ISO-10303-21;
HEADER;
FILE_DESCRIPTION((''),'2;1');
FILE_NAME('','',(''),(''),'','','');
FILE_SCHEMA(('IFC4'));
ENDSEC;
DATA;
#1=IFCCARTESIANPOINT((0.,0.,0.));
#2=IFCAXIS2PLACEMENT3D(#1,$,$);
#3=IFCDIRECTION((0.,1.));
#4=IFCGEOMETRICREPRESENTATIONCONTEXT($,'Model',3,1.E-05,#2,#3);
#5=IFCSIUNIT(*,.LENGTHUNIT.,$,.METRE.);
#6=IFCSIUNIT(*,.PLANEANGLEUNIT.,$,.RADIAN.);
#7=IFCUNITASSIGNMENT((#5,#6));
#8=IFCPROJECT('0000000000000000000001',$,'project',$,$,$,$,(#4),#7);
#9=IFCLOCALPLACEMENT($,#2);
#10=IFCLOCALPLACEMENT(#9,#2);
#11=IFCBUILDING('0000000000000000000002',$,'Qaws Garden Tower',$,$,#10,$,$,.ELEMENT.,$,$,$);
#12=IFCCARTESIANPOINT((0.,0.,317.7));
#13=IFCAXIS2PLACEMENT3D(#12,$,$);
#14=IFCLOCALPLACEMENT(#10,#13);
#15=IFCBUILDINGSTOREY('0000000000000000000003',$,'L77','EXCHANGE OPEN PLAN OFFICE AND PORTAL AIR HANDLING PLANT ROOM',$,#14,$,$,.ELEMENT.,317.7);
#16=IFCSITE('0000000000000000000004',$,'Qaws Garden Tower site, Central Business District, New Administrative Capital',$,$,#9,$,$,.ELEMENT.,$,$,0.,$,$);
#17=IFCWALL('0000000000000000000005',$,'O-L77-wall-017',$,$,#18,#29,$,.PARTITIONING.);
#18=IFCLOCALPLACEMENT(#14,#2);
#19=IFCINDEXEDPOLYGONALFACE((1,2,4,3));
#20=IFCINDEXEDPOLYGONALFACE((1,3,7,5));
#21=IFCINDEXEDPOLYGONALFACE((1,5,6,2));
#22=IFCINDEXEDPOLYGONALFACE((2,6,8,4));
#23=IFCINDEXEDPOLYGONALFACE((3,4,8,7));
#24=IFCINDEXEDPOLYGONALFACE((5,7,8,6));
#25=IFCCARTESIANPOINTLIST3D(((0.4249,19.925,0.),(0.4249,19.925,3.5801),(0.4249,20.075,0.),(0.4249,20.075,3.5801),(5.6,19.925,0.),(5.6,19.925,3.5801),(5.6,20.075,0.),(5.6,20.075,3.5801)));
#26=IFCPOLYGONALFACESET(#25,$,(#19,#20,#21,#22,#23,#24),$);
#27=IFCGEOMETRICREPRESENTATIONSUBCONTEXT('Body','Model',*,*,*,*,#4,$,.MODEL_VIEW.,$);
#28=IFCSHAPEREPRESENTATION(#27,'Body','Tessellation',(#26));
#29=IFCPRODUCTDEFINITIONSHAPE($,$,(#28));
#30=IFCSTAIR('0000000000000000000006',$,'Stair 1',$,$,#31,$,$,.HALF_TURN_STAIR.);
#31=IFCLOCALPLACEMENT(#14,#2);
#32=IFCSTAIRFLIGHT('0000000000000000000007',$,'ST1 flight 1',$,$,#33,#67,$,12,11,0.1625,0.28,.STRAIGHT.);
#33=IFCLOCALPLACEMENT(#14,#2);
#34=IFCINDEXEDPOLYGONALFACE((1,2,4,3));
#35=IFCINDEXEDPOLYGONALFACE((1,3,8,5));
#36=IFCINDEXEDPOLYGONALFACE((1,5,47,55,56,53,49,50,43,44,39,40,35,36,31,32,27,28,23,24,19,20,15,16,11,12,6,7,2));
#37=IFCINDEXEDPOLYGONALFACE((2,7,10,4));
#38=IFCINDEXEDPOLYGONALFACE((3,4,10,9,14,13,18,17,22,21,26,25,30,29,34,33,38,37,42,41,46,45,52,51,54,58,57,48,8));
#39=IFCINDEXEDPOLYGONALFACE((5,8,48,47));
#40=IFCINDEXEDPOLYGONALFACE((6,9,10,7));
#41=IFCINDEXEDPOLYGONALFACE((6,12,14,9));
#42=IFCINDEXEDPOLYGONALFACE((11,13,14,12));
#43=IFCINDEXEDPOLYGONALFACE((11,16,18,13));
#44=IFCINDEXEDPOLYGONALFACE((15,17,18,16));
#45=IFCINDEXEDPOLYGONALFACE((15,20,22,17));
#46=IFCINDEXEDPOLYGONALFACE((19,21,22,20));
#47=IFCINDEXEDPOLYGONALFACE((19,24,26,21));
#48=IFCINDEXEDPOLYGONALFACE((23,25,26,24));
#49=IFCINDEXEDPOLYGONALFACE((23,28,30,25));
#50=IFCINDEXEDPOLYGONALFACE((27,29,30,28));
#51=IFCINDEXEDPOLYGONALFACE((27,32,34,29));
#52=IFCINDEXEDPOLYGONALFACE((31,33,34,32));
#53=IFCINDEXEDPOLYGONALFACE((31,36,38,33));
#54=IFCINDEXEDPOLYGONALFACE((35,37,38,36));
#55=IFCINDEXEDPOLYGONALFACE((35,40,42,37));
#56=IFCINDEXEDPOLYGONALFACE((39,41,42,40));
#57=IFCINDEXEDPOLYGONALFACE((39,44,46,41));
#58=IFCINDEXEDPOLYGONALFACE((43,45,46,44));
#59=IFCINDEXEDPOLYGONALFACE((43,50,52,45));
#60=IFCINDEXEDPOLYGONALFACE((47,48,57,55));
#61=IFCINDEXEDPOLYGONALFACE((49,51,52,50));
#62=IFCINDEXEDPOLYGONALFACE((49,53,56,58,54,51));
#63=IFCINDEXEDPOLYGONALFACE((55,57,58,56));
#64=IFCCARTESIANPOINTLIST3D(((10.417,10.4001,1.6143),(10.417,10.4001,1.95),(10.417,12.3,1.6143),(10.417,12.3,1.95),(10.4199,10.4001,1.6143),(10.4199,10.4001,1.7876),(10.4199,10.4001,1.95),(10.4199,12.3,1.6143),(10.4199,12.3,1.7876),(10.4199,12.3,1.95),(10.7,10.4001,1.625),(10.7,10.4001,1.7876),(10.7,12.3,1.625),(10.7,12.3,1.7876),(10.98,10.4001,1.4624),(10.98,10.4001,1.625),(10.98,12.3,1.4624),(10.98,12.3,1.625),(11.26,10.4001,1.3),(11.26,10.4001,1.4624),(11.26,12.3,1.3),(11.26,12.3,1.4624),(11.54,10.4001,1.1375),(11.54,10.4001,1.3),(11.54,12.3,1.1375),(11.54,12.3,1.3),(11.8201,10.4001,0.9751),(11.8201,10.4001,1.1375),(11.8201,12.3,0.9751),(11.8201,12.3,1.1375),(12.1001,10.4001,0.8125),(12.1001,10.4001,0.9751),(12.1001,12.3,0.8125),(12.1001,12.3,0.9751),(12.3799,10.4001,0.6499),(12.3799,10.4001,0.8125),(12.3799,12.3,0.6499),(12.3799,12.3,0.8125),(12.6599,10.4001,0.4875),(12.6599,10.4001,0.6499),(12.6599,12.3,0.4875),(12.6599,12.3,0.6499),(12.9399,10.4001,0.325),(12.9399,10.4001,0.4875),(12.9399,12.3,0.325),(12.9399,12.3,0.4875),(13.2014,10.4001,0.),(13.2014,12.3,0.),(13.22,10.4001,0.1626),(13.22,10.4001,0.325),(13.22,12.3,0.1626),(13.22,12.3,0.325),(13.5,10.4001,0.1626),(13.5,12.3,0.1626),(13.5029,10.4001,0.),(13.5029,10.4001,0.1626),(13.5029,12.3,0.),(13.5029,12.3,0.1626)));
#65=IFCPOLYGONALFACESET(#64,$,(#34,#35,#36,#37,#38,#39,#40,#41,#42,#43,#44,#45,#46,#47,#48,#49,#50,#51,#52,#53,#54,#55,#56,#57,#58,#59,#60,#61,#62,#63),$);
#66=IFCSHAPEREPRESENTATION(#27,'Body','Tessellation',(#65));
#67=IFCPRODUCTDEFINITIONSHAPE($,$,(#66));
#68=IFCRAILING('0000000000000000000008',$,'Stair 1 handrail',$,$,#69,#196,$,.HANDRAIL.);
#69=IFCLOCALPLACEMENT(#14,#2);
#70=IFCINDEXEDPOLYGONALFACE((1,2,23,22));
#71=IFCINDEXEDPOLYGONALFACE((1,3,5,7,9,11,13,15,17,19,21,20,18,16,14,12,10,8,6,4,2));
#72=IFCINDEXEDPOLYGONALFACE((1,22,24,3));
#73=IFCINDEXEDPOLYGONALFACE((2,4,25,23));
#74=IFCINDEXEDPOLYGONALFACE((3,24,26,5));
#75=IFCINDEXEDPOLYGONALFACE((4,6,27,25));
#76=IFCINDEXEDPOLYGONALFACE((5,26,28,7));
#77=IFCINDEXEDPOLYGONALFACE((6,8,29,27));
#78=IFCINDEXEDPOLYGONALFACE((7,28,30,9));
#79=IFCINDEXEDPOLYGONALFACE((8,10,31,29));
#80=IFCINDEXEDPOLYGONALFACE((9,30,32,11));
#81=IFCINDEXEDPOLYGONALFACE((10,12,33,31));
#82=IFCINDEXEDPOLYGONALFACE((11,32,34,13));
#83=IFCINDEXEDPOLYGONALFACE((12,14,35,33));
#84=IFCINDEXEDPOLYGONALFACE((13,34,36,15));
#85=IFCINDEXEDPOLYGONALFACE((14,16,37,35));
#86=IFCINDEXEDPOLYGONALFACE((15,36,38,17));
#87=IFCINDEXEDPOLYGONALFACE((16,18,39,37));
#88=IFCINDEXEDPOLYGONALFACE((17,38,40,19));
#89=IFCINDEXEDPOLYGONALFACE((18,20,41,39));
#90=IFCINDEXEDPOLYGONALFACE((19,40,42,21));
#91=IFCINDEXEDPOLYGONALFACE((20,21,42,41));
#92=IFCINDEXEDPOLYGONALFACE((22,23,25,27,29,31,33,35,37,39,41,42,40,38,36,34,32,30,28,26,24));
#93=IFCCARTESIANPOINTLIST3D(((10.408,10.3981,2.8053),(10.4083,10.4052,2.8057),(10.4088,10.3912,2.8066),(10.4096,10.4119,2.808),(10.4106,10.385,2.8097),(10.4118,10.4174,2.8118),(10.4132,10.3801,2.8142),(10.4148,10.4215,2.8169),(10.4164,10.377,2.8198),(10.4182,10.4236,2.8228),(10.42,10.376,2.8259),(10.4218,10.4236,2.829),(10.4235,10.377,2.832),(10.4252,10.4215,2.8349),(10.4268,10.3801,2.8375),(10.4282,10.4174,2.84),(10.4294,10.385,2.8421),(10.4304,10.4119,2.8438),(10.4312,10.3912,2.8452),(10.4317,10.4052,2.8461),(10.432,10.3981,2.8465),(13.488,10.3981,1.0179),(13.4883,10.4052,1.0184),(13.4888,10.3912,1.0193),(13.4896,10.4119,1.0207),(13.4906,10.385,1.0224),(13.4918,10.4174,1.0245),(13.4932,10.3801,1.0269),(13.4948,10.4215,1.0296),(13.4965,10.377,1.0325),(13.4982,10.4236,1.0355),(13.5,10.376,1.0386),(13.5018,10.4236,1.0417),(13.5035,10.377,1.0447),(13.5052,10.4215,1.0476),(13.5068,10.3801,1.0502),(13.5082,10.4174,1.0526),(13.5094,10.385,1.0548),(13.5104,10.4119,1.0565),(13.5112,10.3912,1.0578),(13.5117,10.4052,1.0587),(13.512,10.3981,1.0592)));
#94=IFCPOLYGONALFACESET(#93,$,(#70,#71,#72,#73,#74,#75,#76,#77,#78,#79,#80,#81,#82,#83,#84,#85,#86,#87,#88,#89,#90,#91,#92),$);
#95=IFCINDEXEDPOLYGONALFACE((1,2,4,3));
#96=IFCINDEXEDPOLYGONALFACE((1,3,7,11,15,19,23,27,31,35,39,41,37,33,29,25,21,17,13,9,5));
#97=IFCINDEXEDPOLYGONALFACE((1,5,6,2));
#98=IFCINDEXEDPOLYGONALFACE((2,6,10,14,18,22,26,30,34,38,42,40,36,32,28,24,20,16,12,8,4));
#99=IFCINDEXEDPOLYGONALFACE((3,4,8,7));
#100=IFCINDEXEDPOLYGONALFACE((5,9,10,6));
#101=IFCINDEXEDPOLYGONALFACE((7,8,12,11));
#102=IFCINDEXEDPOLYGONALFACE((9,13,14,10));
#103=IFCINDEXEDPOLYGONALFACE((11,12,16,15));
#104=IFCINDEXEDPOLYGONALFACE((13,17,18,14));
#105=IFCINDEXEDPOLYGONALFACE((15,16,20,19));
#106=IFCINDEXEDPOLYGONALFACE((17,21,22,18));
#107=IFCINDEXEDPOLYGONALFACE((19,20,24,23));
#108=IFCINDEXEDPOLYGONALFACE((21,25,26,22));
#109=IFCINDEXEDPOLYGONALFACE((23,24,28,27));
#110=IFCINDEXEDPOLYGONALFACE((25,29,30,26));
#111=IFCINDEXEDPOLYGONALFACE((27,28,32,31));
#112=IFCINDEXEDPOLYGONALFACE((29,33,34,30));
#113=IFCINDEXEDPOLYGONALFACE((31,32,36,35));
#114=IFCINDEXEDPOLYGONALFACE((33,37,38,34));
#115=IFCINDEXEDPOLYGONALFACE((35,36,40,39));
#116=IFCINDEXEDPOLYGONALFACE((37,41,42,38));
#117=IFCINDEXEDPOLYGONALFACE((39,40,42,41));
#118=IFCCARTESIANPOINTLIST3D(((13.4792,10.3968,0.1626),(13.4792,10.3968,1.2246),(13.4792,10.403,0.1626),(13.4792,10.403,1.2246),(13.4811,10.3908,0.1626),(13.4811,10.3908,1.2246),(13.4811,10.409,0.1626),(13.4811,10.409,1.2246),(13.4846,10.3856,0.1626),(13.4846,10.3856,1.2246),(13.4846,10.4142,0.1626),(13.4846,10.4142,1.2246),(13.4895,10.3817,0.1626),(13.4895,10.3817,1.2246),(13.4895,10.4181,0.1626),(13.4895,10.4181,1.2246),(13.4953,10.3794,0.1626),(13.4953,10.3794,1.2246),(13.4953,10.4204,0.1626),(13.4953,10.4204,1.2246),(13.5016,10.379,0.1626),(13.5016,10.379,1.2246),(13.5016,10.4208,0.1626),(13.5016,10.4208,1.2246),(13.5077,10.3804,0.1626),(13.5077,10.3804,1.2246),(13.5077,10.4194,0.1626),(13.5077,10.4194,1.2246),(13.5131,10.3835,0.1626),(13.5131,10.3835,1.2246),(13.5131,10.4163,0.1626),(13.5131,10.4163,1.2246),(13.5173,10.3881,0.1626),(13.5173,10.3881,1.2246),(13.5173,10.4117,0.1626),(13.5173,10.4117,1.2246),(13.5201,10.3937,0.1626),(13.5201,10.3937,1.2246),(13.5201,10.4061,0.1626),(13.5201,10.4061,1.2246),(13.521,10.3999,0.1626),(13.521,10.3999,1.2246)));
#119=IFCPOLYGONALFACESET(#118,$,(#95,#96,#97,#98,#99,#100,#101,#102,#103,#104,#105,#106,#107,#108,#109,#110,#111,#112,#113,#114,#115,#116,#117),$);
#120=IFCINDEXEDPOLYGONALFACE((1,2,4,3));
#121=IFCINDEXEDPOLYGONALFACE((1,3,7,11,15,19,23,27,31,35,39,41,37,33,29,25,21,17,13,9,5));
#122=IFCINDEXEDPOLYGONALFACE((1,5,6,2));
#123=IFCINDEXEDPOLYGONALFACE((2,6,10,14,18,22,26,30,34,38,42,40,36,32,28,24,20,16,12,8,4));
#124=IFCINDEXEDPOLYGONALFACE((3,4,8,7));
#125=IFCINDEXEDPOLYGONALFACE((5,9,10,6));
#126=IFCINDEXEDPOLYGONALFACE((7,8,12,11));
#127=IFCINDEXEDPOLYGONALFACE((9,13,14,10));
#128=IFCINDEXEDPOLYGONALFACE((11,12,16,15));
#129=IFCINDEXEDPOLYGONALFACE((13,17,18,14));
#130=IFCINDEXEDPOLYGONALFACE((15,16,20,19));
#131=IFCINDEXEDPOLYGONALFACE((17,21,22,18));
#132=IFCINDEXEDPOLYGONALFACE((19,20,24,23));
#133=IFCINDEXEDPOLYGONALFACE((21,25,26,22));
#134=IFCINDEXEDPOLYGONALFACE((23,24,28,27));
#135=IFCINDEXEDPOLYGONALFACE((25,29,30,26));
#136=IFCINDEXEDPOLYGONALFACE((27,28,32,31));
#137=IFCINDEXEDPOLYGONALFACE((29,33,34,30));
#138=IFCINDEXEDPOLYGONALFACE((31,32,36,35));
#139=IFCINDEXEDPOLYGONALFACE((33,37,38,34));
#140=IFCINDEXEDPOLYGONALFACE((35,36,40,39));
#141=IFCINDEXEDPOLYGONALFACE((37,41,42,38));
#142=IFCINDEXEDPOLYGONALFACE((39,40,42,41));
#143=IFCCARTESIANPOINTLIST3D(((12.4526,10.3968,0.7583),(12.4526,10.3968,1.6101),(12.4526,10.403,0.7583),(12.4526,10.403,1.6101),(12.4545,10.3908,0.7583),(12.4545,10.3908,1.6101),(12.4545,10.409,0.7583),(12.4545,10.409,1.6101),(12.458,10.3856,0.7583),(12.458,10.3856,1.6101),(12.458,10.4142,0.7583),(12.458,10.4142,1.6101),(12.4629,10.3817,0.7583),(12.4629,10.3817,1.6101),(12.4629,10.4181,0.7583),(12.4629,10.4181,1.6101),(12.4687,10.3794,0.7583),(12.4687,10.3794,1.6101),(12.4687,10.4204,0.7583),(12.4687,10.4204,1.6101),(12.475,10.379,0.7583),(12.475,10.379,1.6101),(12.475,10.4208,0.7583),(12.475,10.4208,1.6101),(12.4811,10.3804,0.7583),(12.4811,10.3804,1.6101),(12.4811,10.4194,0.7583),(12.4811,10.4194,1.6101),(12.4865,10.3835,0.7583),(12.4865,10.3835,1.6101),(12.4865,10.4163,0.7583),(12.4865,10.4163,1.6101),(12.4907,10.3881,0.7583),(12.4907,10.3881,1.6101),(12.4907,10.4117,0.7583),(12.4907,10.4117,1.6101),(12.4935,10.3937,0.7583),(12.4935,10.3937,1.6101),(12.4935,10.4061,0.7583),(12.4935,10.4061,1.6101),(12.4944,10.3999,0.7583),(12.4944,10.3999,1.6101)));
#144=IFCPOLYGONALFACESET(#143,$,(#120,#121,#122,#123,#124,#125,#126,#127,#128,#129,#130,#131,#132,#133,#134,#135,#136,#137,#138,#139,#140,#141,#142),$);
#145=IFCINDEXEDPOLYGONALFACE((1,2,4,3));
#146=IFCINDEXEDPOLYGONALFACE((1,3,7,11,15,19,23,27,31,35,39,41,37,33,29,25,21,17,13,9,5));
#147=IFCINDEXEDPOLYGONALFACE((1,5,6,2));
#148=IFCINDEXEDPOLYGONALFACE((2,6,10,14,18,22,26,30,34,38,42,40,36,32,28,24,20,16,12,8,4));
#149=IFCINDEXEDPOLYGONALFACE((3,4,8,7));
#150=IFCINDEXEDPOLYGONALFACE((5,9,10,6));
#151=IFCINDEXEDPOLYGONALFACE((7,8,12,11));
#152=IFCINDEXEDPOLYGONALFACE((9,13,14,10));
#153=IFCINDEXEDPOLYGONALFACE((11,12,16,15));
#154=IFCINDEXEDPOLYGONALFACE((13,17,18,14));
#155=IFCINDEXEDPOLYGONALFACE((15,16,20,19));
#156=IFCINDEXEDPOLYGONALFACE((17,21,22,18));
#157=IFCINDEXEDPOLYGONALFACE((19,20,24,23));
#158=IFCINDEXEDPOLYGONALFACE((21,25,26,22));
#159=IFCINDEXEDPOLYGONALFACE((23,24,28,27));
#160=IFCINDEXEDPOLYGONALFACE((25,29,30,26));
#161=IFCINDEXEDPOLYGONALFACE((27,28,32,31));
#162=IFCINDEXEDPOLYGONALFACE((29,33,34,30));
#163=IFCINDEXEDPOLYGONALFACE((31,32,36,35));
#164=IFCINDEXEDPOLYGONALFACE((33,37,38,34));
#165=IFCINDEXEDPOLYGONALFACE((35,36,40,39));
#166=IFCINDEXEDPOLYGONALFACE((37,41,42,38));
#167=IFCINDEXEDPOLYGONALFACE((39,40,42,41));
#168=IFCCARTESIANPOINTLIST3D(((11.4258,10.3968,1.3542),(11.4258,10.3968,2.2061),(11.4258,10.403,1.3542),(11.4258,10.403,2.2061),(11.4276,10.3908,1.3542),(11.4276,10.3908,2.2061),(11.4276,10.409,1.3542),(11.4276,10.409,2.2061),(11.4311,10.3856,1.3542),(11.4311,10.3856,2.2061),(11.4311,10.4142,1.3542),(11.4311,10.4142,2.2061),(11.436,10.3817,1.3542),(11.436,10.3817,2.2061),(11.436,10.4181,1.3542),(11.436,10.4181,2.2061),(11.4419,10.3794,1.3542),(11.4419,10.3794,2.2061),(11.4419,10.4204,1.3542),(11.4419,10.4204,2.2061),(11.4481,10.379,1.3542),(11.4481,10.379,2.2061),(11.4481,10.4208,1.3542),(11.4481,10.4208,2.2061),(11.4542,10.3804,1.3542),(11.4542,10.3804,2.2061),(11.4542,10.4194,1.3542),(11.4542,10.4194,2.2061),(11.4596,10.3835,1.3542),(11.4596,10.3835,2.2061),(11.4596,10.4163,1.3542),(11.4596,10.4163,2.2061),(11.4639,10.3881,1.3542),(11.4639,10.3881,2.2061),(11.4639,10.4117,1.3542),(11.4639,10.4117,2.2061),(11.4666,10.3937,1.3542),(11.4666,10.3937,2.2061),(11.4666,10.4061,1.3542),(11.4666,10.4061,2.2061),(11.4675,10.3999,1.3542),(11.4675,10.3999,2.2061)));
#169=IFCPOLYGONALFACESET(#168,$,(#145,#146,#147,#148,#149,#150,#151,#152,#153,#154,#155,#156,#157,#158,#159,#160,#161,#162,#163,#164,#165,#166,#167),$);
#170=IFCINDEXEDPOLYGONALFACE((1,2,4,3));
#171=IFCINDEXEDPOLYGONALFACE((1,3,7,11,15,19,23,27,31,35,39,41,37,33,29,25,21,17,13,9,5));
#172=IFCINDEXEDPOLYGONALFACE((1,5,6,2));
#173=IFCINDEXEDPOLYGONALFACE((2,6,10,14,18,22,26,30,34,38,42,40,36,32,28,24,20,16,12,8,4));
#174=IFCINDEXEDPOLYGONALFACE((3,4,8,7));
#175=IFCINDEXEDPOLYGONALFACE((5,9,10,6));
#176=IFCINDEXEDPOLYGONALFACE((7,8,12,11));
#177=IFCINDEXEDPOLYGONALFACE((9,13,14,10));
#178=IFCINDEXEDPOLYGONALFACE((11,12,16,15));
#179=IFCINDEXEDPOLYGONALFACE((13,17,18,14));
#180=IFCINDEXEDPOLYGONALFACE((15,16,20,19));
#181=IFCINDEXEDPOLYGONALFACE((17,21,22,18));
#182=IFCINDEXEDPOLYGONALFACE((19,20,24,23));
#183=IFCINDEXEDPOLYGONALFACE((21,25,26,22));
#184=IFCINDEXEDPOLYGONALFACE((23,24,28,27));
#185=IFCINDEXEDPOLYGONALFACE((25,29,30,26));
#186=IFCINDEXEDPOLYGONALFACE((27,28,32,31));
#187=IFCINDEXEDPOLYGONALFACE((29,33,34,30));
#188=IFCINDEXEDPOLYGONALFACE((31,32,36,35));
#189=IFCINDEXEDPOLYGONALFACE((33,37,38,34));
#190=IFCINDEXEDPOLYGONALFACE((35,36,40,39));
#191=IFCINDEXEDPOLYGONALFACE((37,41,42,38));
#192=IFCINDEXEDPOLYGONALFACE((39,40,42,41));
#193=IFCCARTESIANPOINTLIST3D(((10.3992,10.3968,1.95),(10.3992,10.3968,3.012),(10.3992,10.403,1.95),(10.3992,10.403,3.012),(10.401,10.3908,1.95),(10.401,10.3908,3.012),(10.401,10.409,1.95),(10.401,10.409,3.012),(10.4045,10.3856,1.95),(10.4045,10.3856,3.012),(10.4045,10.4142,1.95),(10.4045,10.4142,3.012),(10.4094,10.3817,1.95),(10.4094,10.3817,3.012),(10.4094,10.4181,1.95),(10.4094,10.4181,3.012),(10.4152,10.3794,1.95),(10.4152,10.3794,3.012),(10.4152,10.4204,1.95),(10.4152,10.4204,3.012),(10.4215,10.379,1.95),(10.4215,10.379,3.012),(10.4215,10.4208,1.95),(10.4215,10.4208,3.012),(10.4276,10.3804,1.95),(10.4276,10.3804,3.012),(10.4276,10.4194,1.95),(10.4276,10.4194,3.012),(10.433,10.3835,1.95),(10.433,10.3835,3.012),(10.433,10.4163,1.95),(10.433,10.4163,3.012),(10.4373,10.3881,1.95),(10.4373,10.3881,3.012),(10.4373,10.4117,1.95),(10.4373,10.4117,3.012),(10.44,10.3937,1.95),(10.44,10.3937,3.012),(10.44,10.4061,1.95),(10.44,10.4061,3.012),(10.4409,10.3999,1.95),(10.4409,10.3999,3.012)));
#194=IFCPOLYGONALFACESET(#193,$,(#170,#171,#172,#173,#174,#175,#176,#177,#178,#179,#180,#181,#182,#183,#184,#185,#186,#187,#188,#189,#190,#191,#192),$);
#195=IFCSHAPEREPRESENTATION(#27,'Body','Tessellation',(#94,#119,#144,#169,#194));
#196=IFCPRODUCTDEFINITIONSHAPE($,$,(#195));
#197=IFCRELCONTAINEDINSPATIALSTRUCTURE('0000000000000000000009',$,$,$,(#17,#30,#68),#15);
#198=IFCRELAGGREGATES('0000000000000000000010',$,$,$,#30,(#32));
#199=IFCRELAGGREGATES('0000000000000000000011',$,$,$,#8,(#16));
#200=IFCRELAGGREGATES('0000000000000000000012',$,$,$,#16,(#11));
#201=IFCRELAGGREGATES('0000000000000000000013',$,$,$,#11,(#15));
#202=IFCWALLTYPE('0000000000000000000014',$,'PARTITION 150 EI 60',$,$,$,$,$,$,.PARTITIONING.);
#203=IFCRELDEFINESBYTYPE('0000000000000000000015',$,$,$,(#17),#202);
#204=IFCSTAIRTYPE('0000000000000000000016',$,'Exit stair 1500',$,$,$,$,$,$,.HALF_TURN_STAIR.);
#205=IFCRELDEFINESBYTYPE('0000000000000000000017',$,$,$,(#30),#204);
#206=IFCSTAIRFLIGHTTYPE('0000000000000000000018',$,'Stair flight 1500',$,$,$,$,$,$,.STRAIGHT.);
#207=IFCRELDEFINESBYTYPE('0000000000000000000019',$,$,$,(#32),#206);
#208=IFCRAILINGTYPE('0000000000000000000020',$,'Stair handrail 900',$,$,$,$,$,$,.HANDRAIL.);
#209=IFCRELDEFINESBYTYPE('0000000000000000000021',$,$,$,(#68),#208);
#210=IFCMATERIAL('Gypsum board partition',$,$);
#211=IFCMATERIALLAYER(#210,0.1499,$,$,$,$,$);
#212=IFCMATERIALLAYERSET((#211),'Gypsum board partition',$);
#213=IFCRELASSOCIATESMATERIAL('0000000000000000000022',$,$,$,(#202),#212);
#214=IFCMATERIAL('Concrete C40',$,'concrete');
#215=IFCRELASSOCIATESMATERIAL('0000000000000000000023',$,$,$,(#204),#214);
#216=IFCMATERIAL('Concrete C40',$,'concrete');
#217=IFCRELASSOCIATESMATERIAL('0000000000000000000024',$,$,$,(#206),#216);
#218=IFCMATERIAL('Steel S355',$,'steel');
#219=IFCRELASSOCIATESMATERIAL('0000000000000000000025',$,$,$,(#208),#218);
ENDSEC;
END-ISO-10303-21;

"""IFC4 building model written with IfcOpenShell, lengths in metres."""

from ifc_helpers import new_model, si_unit, direction, frame, frame_2d, origin, origin_2d, place, context, subcontext, project, spatial, polyline, rectangle, circle, outline, extrude, material, layer, layer_set, type_object, element, aggregate, save


model = new_model("IFC4")

# Units and contexts
model_context = context("Model", 3, precision=1e-05, world=origin(), true_north=direction((0.0, 1.0)))
body_context = subcontext(model_context, "Body", "Model", "MODEL_VIEW")
ifc_project = project(units=[si_unit("LENGTHUNIT", "METRE"), si_unit("PLANEANGLEUNIT", "RADIAN")], contexts=[model_context])

# Site, building, storey
site_placement = place(None, origin())
site = spatial("IfcSite", under=ifc_project, at=site_placement, Name="Qaws Garden Tower site, Central Business District, New Administrative Capital", CompositionType="ELEMENT", RefElevation=0.0)
building_placement = place(site_placement, origin())
building = spatial("IfcBuilding", under=site, at=building_placement, Name="Qaws Garden Tower", CompositionType="ELEMENT")
storey_placement = place(building_placement, frame((0.0, 0.0, 317.7)))
storey = spatial("IfcBuildingStorey", under=building, at=storey_placement, Name="L77", Description="EXCHANGE OPEN PLAN OFFICE AND PORTAL AIR HANDLING PLANT ROOM", CompositionType="ELEMENT", Elevation=317.7)

# Shared definitions
ifc_material_1 = material(Name="Gypsum board partition")
ifc_layer_1 = layer(ifc_material_1, 0.1499)
ifc_layer_set_1 = layer_set([ifc_layer_1], Name="Gypsum board partition")
wall_type_1 = type_object("IfcWallType", Name="PARTITION 150 EI 60", PredefinedType="PARTITIONING", material=ifc_layer_set_1)

# Wall
wall_1_placement = place(storey_placement, frame((0.425, 20.0, 0.0), z_axis=(0.0, 0.0, 1.0), x_axis=(1.0, 0.0, 0.0)))
element("IfcWall", 1, at=wall_1_placement, inside=storey, type_object=wall_type_1, Name="O-L77-wall-017", PredefinedType="PARTITIONING", context=body_context, shape_type="SweptSolid", body=[
    extrude(rectangle(XDim=5.175, YDim=0.1499, at=frame_2d((2.5874, 0.0))), origin(), (0.0, 0.0, 1.0), 3.5801),
])

# Stair, stair flight
ifc_material_2 = material(Name="Concrete C40", Category="concrete")
stair_type = type_object("IfcStairType", Name="Exit stair 1500", PredefinedType="HALF_TURN_STAIR", material=ifc_material_2)
stair_placement = place(storey_placement, origin())
stair = element("IfcStair", 2, at=stair_placement, inside=storey, type_object=stair_type, Name="Stair 1", PredefinedType="HALF_TURN_STAIR")
ifc_material_3 = material(Name="Concrete C40", Category="concrete")
stair_flight_type = type_object("IfcStairFlightType", Name="Stair flight 1500", PredefinedType="STRAIGHT", material=ifc_material_3)
stair_flight_placement = place(storey_placement, frame((13.5, 11.3501, 0.0), z_axis=(0.0, 0.0, 1.0), x_axis=(-1.0, 0.0, 0.0)))
stair_flight = element("IfcStairFlight", 3, at=stair_flight_placement, type_object=stair_flight_type, Name="ST1 flight 1", NumberOfRisers=12, NumberOfTreads=11, PredefinedType="STRAIGHT", RiserHeight=0.1625, TreadLength=0.28, context=body_context, shape_type="SweptSolid", body=[
    extrude(outline(polyline([(-0.0029, 0.0), (-0.0029, 0.1626), (0.0, 0.1626), (0.28, 0.1626), (0.28, 0.325), (0.5601, 0.325), (0.5601, 0.4875), (0.8401, 0.4875), (0.8401, 0.6499), (1.1201, 0.6499), (1.1201, 0.8125), (1.3999, 0.8125), (1.3999, 0.9751), (1.6799, 0.9751), (1.6799, 1.1375), (1.96, 1.1375), (1.96, 1.3), (2.24, 1.3), (2.24, 1.4624), (2.52, 1.4624), (2.52, 1.625), (2.8, 1.625), (2.8, 1.7876), (3.0801, 1.7876), (3.0801, 1.95), (3.083, 1.95), (3.083, 1.6143), (3.0801, 1.6143), (0.2986, 0.0), (-0.0029, 0.0)])), frame((0.0, 0.95, 0.0), z_axis=(0.0, -1.0, 0.0), x_axis=(1.0, 0.0, 0.0)), (0.0, 0.0, 1.0), 1.8999),
])
aggregate(stair, [stair_flight])

# Railing
ifc_material_4 = material(Name="Steel S355", Category="steel")
railing_type = type_object("IfcRailingType", Name="Stair handrail 900", PredefinedType="HANDRAIL", material=ifc_material_4)
railing_1_placement = place(storey_placement, frame((13.5, 10.3999, 0.1626)))
element("IfcRailing", 4, at=railing_1_placement, inside=storey, type_object=railing_type, Name="Stair 1 handrail", PredefinedType="HANDRAIL", context=body_context, shape_type="SweptSolid", body=[
    extrude(circle(Radius=0.0239, at=origin_2d()), frame((0.0, 0.0, 0.876), z_axis=(-0.86492, 0.0, 0.501909), x_axis=(0.0, -1.0, 0.0)), (0.0, 0.0, 1.0), 3.561),
    extrude(circle(Radius=0.021, at=origin_2d()), origin(), (0.0, 0.0, 1.0), 1.062),
    extrude(circle(Radius=0.021, at=origin_2d()), frame((-1.0266, 0.0, 0.5957)), (0.0, 0.0, 1.0), 0.8518),
    extrude(circle(Radius=0.021, at=origin_2d()), frame((-2.0535, 0.0, 1.1917)), (0.0, 0.0, 1.0), 0.8518),
    extrude(circle(Radius=0.021, at=origin_2d()), frame((-3.0801, 0.0, 1.7874)), (0.0, 0.0, 1.0), 1.062),
])

save(model, "model.ifc")
